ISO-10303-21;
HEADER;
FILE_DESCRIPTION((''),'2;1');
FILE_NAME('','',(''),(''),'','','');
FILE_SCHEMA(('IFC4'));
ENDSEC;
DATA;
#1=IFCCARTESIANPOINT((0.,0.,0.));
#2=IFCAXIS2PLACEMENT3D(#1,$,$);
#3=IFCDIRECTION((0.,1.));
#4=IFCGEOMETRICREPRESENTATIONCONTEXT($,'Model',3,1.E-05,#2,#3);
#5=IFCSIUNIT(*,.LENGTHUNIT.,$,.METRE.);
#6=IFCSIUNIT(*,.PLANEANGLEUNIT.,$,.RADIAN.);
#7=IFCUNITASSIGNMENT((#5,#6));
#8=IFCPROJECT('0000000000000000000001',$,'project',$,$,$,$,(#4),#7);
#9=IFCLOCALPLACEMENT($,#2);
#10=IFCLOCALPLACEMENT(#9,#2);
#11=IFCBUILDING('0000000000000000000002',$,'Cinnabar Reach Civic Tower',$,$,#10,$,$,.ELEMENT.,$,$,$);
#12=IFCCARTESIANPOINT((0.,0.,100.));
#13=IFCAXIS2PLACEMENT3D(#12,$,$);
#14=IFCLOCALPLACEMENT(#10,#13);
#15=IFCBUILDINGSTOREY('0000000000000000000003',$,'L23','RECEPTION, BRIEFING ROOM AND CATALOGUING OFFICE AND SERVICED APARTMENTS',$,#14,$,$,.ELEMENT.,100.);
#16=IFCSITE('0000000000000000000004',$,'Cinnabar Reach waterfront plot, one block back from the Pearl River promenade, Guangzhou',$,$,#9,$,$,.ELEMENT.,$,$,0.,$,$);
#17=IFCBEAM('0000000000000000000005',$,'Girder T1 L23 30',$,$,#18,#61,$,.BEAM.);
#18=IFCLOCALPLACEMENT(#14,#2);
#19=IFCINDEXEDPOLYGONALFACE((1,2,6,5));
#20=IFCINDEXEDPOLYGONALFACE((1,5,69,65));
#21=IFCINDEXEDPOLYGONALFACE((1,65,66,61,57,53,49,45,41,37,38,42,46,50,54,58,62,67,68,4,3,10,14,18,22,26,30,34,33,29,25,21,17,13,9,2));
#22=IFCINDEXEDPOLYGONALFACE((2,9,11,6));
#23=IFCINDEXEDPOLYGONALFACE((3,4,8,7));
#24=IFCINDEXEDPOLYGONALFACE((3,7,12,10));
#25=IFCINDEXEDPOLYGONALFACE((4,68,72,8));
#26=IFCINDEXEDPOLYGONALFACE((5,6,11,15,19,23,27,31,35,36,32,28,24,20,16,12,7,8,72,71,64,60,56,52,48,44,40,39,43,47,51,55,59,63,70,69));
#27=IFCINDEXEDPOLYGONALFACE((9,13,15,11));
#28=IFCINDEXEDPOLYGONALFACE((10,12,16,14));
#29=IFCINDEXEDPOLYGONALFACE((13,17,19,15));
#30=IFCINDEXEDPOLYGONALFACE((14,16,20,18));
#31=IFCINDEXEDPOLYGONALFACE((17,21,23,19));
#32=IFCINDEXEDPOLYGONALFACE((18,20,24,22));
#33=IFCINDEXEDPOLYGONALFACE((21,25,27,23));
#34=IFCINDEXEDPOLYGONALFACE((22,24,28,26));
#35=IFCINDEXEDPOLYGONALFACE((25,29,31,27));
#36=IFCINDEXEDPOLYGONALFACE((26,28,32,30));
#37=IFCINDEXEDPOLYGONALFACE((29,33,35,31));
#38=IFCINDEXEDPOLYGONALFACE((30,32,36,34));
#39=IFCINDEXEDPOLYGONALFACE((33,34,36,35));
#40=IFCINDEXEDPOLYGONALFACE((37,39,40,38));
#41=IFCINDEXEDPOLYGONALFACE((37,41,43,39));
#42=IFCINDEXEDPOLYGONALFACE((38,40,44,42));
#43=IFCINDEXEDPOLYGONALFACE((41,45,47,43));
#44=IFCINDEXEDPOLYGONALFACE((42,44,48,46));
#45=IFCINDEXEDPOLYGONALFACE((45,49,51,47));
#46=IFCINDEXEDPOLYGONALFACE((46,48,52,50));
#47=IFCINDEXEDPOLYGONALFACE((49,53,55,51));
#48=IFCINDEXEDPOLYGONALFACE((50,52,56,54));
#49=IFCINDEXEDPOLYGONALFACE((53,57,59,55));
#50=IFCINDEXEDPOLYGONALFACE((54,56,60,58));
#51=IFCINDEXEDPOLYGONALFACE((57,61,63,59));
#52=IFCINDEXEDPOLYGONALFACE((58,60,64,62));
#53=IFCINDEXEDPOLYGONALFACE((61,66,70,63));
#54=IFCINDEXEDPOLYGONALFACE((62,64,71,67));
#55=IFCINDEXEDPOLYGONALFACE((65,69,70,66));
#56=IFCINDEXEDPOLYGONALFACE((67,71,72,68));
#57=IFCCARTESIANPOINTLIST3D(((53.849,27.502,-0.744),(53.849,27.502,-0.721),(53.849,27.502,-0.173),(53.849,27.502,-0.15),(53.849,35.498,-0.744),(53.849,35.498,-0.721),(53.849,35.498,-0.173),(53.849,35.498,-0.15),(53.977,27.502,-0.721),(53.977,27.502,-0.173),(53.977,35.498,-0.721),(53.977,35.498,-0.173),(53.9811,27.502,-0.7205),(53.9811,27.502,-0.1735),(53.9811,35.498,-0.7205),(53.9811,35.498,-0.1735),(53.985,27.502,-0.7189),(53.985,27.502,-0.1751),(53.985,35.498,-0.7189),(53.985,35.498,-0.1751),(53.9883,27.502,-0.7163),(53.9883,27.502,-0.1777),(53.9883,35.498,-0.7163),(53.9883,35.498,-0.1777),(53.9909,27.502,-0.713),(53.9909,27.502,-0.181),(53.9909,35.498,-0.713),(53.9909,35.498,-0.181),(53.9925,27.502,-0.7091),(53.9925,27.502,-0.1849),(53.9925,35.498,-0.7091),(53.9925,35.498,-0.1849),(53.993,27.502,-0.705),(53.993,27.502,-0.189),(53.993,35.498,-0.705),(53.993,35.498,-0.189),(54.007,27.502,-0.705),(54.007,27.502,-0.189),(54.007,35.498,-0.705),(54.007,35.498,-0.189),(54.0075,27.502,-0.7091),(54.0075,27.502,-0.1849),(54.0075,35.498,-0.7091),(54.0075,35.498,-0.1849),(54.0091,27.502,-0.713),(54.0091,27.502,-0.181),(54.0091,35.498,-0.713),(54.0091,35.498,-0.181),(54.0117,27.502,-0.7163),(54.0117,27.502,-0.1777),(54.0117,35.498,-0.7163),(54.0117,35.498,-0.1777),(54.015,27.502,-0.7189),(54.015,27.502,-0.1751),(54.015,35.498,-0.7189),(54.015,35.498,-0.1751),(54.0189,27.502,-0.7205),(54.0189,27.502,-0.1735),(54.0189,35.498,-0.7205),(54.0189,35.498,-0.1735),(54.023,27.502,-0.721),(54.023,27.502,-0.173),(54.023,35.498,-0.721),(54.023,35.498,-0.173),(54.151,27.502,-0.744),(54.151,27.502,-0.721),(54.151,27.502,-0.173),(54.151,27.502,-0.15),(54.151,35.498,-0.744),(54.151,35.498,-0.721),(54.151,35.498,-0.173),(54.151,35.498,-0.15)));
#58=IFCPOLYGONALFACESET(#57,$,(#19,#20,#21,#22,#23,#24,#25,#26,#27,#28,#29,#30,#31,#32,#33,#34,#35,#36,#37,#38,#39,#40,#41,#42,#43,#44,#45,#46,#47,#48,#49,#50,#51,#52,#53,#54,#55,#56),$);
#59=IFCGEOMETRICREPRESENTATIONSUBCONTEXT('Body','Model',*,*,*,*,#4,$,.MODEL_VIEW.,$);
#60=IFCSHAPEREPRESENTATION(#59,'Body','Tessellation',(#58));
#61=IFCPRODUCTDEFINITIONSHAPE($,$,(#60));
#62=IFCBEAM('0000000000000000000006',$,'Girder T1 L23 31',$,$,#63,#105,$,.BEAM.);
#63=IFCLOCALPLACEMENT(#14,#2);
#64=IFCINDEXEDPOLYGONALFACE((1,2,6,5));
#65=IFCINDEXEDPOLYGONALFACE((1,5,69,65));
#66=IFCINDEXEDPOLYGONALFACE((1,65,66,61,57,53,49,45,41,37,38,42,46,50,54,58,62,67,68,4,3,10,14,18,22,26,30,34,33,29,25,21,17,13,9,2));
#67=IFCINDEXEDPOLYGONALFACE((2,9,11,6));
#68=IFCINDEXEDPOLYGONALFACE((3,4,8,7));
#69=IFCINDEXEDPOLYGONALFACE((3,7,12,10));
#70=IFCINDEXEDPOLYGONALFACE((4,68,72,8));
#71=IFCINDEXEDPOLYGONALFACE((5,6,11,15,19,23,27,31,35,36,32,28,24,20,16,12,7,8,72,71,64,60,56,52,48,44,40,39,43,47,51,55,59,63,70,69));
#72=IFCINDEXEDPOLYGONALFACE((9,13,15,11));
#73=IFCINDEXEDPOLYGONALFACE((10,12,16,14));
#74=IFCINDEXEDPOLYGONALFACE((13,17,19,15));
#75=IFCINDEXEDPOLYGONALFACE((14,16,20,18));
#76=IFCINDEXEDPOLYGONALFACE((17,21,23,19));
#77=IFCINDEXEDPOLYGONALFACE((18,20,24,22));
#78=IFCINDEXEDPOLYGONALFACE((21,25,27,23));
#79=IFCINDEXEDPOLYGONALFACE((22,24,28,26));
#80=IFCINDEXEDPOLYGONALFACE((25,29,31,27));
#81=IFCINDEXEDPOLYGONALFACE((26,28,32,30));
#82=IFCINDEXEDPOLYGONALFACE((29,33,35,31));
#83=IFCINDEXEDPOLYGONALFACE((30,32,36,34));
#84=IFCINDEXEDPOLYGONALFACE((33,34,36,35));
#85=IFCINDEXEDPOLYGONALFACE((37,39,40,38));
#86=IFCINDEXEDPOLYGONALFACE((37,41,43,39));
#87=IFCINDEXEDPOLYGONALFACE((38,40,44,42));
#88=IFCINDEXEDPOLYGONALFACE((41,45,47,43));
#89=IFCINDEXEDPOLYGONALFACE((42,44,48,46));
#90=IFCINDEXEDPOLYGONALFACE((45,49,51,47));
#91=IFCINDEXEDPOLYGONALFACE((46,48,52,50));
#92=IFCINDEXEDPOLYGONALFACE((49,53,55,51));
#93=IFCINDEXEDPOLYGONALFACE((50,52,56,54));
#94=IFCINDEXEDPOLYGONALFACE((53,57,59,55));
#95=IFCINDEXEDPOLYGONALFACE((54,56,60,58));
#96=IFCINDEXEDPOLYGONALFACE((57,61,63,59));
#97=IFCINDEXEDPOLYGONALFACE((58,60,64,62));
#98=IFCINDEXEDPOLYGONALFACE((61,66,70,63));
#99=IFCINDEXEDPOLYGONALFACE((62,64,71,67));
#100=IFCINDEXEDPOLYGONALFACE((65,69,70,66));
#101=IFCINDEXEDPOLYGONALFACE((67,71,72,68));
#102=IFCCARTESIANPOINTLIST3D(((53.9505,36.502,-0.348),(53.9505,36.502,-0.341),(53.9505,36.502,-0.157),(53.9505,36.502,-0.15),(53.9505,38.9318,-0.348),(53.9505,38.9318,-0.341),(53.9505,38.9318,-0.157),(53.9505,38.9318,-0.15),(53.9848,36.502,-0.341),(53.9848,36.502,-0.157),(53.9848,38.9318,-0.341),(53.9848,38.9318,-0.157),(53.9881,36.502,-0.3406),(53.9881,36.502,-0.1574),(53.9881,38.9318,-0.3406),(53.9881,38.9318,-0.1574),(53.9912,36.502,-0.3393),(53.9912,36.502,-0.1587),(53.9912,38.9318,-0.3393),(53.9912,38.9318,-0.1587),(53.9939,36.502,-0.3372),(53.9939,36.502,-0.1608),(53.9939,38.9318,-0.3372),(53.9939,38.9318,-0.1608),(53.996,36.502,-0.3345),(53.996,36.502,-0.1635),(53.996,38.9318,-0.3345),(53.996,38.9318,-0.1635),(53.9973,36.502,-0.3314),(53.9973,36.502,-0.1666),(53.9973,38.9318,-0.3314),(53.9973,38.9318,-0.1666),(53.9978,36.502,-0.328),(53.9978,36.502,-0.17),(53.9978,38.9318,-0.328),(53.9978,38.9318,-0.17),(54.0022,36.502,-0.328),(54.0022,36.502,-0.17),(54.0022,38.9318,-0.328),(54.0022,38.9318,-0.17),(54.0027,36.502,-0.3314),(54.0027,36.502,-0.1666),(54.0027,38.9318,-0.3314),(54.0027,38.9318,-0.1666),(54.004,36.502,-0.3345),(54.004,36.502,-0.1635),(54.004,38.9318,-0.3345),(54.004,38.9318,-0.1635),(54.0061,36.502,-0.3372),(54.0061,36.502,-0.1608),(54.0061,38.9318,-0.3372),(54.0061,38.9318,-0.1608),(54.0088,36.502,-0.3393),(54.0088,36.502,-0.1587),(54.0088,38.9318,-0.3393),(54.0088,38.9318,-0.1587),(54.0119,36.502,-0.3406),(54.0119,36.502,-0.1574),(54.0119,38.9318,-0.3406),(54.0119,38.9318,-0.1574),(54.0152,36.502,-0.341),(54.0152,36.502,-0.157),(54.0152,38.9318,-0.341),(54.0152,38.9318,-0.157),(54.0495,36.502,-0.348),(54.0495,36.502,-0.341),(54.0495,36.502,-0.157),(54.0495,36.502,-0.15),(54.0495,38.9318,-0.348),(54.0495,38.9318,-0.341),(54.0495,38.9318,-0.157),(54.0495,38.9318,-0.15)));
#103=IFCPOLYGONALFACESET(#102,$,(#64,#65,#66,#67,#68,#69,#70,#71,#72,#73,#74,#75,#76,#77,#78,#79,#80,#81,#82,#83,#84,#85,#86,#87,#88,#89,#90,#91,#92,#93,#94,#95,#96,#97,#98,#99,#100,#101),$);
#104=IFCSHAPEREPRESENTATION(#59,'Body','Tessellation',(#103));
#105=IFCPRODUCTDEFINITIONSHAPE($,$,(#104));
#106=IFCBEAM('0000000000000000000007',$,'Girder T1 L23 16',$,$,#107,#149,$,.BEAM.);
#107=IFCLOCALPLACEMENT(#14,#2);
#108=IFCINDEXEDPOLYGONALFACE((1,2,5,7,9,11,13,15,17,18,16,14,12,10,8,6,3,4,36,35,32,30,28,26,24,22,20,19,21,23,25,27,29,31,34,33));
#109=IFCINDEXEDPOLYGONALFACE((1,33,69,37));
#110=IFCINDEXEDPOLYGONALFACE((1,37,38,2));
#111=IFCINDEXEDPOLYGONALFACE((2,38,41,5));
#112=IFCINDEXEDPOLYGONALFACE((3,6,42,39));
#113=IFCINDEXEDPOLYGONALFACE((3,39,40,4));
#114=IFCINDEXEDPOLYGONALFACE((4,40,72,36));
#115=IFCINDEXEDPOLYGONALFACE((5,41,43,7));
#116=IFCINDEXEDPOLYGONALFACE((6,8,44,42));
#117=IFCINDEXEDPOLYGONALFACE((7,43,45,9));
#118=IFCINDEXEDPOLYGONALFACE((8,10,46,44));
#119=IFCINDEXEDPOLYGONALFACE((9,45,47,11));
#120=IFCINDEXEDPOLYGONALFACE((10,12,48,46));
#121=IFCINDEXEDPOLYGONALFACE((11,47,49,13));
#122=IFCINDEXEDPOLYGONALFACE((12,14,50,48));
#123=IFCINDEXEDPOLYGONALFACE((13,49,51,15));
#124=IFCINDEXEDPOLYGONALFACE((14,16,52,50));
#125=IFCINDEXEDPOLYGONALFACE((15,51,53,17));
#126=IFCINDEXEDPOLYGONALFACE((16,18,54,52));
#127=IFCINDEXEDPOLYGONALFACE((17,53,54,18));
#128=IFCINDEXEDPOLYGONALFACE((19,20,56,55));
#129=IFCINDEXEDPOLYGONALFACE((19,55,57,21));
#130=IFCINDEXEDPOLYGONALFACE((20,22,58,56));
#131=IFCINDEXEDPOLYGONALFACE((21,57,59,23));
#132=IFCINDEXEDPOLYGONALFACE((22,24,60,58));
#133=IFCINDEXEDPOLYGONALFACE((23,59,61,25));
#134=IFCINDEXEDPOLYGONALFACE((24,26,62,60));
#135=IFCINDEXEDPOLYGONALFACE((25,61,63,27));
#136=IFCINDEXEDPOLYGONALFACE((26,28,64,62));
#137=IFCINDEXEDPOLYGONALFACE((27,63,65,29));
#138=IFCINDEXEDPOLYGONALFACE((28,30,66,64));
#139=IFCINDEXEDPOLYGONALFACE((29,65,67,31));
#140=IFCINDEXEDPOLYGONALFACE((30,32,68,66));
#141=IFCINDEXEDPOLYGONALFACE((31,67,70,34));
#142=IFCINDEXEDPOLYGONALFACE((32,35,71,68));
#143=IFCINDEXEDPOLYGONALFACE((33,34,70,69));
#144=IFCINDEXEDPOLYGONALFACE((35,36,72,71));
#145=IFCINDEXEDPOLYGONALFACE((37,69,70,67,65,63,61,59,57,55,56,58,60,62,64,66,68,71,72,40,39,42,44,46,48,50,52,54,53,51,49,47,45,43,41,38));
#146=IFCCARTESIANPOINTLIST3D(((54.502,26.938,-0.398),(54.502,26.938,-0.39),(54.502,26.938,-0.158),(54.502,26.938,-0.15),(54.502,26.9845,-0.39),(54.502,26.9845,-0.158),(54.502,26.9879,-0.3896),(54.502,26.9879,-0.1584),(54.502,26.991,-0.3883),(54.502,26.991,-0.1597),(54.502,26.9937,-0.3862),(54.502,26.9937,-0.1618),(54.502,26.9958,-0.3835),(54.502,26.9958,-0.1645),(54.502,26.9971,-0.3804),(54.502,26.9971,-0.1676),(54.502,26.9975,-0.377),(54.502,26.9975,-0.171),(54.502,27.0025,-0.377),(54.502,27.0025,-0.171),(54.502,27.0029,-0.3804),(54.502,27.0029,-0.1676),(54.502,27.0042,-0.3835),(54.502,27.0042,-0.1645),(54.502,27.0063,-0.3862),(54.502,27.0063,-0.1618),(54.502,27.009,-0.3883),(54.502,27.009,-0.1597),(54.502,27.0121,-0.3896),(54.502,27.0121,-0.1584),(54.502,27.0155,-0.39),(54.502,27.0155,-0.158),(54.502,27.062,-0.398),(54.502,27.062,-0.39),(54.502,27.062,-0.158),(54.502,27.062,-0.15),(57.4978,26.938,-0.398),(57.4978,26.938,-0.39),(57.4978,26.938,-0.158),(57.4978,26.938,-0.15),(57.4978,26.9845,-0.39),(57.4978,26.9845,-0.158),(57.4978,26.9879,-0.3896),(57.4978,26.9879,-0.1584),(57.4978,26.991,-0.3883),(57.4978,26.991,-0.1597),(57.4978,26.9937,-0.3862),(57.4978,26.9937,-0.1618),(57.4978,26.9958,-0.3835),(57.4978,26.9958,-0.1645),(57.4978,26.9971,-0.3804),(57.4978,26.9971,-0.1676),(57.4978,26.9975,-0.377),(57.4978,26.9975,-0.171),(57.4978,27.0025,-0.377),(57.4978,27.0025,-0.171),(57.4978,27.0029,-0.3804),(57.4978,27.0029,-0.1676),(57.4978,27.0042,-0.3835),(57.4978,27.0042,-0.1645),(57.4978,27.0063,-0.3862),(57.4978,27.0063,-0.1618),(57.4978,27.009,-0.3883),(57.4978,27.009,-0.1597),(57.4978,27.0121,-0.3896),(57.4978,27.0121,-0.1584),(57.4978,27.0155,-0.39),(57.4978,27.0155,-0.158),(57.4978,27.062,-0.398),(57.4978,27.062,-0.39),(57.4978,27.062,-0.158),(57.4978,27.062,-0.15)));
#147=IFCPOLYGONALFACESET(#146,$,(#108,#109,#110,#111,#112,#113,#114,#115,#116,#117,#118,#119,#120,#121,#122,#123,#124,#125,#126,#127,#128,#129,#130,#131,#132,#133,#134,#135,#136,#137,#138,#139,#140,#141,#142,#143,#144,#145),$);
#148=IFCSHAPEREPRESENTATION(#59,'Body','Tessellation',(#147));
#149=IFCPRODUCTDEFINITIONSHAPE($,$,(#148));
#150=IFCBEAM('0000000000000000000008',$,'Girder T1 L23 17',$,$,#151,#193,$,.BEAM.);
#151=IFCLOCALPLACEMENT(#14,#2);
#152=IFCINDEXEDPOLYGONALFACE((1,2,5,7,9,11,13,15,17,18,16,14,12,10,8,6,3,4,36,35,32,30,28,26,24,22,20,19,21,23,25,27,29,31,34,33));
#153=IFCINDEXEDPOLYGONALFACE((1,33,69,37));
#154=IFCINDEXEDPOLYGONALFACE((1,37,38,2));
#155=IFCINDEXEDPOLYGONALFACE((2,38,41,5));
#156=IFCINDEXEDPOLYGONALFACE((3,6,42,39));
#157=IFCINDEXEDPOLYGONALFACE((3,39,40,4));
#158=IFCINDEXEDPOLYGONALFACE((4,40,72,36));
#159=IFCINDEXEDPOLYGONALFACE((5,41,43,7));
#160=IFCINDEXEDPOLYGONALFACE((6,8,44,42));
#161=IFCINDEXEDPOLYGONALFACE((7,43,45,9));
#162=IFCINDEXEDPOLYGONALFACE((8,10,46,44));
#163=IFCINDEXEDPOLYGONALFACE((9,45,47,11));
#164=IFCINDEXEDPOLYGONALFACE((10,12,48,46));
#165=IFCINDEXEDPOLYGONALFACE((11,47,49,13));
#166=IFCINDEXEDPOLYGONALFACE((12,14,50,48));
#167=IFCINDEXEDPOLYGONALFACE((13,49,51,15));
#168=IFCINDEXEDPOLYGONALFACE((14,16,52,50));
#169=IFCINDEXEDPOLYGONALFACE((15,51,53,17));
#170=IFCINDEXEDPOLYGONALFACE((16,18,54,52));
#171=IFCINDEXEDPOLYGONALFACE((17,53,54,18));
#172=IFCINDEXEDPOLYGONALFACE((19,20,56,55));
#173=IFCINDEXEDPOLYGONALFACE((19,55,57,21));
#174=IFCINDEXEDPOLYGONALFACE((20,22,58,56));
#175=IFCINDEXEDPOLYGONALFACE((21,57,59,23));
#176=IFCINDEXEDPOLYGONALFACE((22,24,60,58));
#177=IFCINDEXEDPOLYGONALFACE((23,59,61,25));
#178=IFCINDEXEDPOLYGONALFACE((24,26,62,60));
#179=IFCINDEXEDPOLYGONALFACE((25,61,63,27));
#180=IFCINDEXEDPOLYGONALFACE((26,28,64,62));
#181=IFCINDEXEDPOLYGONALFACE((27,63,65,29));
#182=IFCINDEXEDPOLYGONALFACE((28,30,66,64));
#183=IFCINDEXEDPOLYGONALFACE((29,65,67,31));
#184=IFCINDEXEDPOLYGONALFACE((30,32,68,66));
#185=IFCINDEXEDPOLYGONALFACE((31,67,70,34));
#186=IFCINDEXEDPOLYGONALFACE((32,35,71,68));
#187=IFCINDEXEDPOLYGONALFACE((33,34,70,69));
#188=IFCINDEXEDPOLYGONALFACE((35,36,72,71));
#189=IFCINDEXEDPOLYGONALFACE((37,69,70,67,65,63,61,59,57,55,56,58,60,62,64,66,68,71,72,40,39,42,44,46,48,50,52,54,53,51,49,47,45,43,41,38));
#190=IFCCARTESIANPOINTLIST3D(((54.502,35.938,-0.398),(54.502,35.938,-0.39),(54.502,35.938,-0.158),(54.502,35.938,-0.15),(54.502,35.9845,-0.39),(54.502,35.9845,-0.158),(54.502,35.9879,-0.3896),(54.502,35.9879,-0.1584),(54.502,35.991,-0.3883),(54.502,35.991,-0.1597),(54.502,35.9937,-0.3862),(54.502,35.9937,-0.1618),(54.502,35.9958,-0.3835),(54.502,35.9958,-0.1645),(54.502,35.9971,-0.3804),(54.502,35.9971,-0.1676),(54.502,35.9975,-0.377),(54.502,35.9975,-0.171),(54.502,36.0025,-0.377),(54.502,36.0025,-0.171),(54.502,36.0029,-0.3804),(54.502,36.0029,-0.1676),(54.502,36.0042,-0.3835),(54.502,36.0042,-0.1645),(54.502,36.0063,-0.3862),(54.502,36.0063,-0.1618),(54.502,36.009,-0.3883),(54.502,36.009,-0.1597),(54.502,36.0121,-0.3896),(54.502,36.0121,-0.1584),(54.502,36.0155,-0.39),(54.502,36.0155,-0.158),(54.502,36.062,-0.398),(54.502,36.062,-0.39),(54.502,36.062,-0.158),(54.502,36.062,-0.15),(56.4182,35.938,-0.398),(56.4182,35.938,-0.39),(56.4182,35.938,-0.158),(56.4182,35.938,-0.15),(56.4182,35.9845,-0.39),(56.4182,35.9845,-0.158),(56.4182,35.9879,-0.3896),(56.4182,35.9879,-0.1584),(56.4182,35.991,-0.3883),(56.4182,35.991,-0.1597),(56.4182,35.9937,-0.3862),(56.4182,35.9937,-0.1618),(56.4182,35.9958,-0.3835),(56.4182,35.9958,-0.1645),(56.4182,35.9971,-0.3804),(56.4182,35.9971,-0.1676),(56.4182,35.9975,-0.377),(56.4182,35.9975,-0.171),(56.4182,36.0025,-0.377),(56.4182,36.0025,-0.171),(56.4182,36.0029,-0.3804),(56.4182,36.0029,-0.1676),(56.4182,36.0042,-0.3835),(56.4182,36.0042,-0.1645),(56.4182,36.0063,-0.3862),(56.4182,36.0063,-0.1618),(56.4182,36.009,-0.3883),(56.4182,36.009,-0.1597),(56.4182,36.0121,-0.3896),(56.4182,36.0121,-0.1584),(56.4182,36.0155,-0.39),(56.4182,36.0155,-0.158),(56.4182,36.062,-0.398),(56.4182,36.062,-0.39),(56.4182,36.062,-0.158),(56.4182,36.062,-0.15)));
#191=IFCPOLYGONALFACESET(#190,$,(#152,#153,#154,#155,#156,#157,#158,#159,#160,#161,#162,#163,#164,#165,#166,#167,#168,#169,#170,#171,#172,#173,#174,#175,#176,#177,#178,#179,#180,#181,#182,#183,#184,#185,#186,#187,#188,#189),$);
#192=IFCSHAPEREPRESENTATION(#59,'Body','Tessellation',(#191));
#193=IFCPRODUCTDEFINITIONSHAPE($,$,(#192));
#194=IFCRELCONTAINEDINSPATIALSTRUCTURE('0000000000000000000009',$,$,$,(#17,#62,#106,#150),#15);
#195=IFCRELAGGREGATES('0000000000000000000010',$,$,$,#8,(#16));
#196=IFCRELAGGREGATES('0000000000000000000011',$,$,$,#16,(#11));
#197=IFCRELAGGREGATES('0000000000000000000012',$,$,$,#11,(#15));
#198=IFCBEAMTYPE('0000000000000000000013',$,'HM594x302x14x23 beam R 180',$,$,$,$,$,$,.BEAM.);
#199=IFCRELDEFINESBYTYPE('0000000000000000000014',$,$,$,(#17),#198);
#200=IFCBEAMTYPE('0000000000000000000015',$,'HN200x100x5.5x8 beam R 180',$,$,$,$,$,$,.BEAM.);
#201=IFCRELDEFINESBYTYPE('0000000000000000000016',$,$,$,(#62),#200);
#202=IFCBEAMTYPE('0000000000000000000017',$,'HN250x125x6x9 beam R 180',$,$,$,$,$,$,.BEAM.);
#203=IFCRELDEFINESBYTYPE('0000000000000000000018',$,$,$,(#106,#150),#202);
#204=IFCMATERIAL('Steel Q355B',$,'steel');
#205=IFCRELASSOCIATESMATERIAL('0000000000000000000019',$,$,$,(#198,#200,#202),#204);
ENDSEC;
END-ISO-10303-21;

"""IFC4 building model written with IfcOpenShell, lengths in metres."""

from ifc_helpers import new_model, si_unit, direction, frame, origin, origin_2d, place, context, subcontext, project, spatial, i_section, extrude, material, material_profile, profile_set, type_object, element, save


model = new_model("IFC4")

# Units and contexts
model_context = context("Model", 3, precision=1e-05, world=origin(), true_north=direction((0.0, 1.0)))
body_context = subcontext(model_context, "Body", "Model", "MODEL_VIEW")
ifc_project = project(units=[si_unit("LENGTHUNIT", "METRE"), si_unit("PLANEANGLEUNIT", "RADIAN")], contexts=[model_context])

# Site, building, storey
site_placement = place(None, origin())
site = spatial("IfcSite", under=ifc_project, at=site_placement, Name="Cinnabar Reach waterfront plot, one block back from the Pearl River promenade, Guangzhou", CompositionType="ELEMENT", RefElevation=0.0)
building_placement = place(site_placement, origin())
building = spatial("IfcBuilding", under=site, at=building_placement, Name="Cinnabar Reach Civic Tower", CompositionType="ELEMENT")
storey_placement = place(building_placement, frame((0.0, 0.0, 100.0)))
storey = spatial("IfcBuildingStorey", under=building, at=storey_placement, Name="L23", Description="RECEPTION, BRIEFING ROOM AND CATALOGUING OFFICE AND SERVICED APARTMENTS", CompositionType="ELEMENT", Elevation=100.0)

# Beams
ifc_material_1 = material(Name="Steel Q355B", Category="steel")
ifc_material_profile_1 = material_profile(ifc_material_1, i_section(OverallWidth=0.302, OverallDepth=0.594, WebThickness=0.014, FlangeThickness=0.023, FilletRadius=0.016, at=origin_2d()), Name="HM594x302x14x23")
ifc_profile_set_1 = profile_set([ifc_material_profile_1], Name="Steel Q355B")
beam_type_1 = type_object("IfcBeamType", Name="HM594x302x14x23 beam R 180", PredefinedType="BEAM", material=ifc_profile_set_1)
beam_1_placement = place(storey_placement, frame((54.0, 27.502, -0.447), z_axis=(0.0, 1.0, 0.0), x_axis=(-1.0, 0.0, 0.0)))
element("IfcBeam", 1, at=beam_1_placement, inside=storey, type_object=beam_type_1, Name="Girder T1 L23 30", PredefinedType="BEAM", context=body_context, shape_type="SweptSolid", body=[
    extrude(i_section(OverallWidth=0.302, OverallDepth=0.594, WebThickness=0.014, FlangeThickness=0.023, FilletRadius=0.016, at=origin_2d()), origin(), (0.0, 0.0, 1.0), 7.996),
])
ifc_material_profile_2 = material_profile(ifc_material_1, i_section(OverallWidth=0.099, OverallDepth=0.198, WebThickness=0.0045, FlangeThickness=0.007, FilletRadius=0.013, at=origin_2d()), Name="HN200x100x5.5x8")
ifc_profile_set_2 = profile_set([ifc_material_profile_2], Name="Steel Q355B")
beam_type_2 = type_object("IfcBeamType", Name="HN200x100x5.5x8 beam R 180", PredefinedType="BEAM", material=ifc_profile_set_2)
beam_2_placement = place(storey_placement, frame((54.0, 36.502, -0.249), z_axis=(0.0, 1.0, 0.0), x_axis=(-1.0, 0.0, 0.0)))
element("IfcBeam", 2, at=beam_2_placement, inside=storey, type_object=beam_type_2, Name="Girder T1 L23 31", PredefinedType="BEAM", context=body_context, shape_type="SweptSolid", body=[
    extrude(i_section(OverallWidth=0.099, OverallDepth=0.198, WebThickness=0.0045, FlangeThickness=0.007, FilletRadius=0.013, at=origin_2d()), origin(), (0.0, 0.0, 1.0), 2.4298),
])
ifc_material_profile_3 = material_profile(ifc_material_1, i_section(OverallWidth=0.124, OverallDepth=0.248, WebThickness=0.005, FlangeThickness=0.008, FilletRadius=0.013, at=origin_2d()), Name="HN250x125x6x9")
ifc_profile_set_3 = profile_set([ifc_material_profile_3], Name="Steel Q355B")
beam_type_3 = type_object("IfcBeamType", Name="HN250x125x6x9 beam R 180", PredefinedType="BEAM", material=ifc_profile_set_3)
beam_3_placement = place(storey_placement, frame((54.502, 27.0, -0.274), z_axis=(1.0, 0.0, 0.0), x_axis=(0.0, 1.0, 0.0)))
element("IfcBeam", 3, at=beam_3_placement, inside=storey, type_object=beam_type_3, Name="Girder T1 L23 16", PredefinedType="BEAM", context=body_context, shape_type="SweptSolid", body=[
    extrude(i_section(OverallWidth=0.124, OverallDepth=0.248, WebThickness=0.005, FlangeThickness=0.008, FilletRadius=0.013, at=origin_2d()), origin(), (0.0, 0.0, 1.0), 2.9958),
])
beam_4_placement = place(storey_placement, frame((54.502, 36.0, -0.274), z_axis=(1.0, 0.0, 0.0), x_axis=(0.0, 1.0, 0.0)))
element("IfcBeam", 4, at=beam_4_placement, inside=storey, type_object=beam_type_3, Name="Girder T1 L23 17", PredefinedType="BEAM", context=body_context, shape_type="SweptSolid", body=[
    extrude(i_section(OverallWidth=0.124, OverallDepth=0.248, WebThickness=0.005, FlangeThickness=0.008, FilletRadius=0.013, at=origin_2d()), origin(), (0.0, 0.0, 1.0), 1.9162),
])

save(model, "model.ifc")
